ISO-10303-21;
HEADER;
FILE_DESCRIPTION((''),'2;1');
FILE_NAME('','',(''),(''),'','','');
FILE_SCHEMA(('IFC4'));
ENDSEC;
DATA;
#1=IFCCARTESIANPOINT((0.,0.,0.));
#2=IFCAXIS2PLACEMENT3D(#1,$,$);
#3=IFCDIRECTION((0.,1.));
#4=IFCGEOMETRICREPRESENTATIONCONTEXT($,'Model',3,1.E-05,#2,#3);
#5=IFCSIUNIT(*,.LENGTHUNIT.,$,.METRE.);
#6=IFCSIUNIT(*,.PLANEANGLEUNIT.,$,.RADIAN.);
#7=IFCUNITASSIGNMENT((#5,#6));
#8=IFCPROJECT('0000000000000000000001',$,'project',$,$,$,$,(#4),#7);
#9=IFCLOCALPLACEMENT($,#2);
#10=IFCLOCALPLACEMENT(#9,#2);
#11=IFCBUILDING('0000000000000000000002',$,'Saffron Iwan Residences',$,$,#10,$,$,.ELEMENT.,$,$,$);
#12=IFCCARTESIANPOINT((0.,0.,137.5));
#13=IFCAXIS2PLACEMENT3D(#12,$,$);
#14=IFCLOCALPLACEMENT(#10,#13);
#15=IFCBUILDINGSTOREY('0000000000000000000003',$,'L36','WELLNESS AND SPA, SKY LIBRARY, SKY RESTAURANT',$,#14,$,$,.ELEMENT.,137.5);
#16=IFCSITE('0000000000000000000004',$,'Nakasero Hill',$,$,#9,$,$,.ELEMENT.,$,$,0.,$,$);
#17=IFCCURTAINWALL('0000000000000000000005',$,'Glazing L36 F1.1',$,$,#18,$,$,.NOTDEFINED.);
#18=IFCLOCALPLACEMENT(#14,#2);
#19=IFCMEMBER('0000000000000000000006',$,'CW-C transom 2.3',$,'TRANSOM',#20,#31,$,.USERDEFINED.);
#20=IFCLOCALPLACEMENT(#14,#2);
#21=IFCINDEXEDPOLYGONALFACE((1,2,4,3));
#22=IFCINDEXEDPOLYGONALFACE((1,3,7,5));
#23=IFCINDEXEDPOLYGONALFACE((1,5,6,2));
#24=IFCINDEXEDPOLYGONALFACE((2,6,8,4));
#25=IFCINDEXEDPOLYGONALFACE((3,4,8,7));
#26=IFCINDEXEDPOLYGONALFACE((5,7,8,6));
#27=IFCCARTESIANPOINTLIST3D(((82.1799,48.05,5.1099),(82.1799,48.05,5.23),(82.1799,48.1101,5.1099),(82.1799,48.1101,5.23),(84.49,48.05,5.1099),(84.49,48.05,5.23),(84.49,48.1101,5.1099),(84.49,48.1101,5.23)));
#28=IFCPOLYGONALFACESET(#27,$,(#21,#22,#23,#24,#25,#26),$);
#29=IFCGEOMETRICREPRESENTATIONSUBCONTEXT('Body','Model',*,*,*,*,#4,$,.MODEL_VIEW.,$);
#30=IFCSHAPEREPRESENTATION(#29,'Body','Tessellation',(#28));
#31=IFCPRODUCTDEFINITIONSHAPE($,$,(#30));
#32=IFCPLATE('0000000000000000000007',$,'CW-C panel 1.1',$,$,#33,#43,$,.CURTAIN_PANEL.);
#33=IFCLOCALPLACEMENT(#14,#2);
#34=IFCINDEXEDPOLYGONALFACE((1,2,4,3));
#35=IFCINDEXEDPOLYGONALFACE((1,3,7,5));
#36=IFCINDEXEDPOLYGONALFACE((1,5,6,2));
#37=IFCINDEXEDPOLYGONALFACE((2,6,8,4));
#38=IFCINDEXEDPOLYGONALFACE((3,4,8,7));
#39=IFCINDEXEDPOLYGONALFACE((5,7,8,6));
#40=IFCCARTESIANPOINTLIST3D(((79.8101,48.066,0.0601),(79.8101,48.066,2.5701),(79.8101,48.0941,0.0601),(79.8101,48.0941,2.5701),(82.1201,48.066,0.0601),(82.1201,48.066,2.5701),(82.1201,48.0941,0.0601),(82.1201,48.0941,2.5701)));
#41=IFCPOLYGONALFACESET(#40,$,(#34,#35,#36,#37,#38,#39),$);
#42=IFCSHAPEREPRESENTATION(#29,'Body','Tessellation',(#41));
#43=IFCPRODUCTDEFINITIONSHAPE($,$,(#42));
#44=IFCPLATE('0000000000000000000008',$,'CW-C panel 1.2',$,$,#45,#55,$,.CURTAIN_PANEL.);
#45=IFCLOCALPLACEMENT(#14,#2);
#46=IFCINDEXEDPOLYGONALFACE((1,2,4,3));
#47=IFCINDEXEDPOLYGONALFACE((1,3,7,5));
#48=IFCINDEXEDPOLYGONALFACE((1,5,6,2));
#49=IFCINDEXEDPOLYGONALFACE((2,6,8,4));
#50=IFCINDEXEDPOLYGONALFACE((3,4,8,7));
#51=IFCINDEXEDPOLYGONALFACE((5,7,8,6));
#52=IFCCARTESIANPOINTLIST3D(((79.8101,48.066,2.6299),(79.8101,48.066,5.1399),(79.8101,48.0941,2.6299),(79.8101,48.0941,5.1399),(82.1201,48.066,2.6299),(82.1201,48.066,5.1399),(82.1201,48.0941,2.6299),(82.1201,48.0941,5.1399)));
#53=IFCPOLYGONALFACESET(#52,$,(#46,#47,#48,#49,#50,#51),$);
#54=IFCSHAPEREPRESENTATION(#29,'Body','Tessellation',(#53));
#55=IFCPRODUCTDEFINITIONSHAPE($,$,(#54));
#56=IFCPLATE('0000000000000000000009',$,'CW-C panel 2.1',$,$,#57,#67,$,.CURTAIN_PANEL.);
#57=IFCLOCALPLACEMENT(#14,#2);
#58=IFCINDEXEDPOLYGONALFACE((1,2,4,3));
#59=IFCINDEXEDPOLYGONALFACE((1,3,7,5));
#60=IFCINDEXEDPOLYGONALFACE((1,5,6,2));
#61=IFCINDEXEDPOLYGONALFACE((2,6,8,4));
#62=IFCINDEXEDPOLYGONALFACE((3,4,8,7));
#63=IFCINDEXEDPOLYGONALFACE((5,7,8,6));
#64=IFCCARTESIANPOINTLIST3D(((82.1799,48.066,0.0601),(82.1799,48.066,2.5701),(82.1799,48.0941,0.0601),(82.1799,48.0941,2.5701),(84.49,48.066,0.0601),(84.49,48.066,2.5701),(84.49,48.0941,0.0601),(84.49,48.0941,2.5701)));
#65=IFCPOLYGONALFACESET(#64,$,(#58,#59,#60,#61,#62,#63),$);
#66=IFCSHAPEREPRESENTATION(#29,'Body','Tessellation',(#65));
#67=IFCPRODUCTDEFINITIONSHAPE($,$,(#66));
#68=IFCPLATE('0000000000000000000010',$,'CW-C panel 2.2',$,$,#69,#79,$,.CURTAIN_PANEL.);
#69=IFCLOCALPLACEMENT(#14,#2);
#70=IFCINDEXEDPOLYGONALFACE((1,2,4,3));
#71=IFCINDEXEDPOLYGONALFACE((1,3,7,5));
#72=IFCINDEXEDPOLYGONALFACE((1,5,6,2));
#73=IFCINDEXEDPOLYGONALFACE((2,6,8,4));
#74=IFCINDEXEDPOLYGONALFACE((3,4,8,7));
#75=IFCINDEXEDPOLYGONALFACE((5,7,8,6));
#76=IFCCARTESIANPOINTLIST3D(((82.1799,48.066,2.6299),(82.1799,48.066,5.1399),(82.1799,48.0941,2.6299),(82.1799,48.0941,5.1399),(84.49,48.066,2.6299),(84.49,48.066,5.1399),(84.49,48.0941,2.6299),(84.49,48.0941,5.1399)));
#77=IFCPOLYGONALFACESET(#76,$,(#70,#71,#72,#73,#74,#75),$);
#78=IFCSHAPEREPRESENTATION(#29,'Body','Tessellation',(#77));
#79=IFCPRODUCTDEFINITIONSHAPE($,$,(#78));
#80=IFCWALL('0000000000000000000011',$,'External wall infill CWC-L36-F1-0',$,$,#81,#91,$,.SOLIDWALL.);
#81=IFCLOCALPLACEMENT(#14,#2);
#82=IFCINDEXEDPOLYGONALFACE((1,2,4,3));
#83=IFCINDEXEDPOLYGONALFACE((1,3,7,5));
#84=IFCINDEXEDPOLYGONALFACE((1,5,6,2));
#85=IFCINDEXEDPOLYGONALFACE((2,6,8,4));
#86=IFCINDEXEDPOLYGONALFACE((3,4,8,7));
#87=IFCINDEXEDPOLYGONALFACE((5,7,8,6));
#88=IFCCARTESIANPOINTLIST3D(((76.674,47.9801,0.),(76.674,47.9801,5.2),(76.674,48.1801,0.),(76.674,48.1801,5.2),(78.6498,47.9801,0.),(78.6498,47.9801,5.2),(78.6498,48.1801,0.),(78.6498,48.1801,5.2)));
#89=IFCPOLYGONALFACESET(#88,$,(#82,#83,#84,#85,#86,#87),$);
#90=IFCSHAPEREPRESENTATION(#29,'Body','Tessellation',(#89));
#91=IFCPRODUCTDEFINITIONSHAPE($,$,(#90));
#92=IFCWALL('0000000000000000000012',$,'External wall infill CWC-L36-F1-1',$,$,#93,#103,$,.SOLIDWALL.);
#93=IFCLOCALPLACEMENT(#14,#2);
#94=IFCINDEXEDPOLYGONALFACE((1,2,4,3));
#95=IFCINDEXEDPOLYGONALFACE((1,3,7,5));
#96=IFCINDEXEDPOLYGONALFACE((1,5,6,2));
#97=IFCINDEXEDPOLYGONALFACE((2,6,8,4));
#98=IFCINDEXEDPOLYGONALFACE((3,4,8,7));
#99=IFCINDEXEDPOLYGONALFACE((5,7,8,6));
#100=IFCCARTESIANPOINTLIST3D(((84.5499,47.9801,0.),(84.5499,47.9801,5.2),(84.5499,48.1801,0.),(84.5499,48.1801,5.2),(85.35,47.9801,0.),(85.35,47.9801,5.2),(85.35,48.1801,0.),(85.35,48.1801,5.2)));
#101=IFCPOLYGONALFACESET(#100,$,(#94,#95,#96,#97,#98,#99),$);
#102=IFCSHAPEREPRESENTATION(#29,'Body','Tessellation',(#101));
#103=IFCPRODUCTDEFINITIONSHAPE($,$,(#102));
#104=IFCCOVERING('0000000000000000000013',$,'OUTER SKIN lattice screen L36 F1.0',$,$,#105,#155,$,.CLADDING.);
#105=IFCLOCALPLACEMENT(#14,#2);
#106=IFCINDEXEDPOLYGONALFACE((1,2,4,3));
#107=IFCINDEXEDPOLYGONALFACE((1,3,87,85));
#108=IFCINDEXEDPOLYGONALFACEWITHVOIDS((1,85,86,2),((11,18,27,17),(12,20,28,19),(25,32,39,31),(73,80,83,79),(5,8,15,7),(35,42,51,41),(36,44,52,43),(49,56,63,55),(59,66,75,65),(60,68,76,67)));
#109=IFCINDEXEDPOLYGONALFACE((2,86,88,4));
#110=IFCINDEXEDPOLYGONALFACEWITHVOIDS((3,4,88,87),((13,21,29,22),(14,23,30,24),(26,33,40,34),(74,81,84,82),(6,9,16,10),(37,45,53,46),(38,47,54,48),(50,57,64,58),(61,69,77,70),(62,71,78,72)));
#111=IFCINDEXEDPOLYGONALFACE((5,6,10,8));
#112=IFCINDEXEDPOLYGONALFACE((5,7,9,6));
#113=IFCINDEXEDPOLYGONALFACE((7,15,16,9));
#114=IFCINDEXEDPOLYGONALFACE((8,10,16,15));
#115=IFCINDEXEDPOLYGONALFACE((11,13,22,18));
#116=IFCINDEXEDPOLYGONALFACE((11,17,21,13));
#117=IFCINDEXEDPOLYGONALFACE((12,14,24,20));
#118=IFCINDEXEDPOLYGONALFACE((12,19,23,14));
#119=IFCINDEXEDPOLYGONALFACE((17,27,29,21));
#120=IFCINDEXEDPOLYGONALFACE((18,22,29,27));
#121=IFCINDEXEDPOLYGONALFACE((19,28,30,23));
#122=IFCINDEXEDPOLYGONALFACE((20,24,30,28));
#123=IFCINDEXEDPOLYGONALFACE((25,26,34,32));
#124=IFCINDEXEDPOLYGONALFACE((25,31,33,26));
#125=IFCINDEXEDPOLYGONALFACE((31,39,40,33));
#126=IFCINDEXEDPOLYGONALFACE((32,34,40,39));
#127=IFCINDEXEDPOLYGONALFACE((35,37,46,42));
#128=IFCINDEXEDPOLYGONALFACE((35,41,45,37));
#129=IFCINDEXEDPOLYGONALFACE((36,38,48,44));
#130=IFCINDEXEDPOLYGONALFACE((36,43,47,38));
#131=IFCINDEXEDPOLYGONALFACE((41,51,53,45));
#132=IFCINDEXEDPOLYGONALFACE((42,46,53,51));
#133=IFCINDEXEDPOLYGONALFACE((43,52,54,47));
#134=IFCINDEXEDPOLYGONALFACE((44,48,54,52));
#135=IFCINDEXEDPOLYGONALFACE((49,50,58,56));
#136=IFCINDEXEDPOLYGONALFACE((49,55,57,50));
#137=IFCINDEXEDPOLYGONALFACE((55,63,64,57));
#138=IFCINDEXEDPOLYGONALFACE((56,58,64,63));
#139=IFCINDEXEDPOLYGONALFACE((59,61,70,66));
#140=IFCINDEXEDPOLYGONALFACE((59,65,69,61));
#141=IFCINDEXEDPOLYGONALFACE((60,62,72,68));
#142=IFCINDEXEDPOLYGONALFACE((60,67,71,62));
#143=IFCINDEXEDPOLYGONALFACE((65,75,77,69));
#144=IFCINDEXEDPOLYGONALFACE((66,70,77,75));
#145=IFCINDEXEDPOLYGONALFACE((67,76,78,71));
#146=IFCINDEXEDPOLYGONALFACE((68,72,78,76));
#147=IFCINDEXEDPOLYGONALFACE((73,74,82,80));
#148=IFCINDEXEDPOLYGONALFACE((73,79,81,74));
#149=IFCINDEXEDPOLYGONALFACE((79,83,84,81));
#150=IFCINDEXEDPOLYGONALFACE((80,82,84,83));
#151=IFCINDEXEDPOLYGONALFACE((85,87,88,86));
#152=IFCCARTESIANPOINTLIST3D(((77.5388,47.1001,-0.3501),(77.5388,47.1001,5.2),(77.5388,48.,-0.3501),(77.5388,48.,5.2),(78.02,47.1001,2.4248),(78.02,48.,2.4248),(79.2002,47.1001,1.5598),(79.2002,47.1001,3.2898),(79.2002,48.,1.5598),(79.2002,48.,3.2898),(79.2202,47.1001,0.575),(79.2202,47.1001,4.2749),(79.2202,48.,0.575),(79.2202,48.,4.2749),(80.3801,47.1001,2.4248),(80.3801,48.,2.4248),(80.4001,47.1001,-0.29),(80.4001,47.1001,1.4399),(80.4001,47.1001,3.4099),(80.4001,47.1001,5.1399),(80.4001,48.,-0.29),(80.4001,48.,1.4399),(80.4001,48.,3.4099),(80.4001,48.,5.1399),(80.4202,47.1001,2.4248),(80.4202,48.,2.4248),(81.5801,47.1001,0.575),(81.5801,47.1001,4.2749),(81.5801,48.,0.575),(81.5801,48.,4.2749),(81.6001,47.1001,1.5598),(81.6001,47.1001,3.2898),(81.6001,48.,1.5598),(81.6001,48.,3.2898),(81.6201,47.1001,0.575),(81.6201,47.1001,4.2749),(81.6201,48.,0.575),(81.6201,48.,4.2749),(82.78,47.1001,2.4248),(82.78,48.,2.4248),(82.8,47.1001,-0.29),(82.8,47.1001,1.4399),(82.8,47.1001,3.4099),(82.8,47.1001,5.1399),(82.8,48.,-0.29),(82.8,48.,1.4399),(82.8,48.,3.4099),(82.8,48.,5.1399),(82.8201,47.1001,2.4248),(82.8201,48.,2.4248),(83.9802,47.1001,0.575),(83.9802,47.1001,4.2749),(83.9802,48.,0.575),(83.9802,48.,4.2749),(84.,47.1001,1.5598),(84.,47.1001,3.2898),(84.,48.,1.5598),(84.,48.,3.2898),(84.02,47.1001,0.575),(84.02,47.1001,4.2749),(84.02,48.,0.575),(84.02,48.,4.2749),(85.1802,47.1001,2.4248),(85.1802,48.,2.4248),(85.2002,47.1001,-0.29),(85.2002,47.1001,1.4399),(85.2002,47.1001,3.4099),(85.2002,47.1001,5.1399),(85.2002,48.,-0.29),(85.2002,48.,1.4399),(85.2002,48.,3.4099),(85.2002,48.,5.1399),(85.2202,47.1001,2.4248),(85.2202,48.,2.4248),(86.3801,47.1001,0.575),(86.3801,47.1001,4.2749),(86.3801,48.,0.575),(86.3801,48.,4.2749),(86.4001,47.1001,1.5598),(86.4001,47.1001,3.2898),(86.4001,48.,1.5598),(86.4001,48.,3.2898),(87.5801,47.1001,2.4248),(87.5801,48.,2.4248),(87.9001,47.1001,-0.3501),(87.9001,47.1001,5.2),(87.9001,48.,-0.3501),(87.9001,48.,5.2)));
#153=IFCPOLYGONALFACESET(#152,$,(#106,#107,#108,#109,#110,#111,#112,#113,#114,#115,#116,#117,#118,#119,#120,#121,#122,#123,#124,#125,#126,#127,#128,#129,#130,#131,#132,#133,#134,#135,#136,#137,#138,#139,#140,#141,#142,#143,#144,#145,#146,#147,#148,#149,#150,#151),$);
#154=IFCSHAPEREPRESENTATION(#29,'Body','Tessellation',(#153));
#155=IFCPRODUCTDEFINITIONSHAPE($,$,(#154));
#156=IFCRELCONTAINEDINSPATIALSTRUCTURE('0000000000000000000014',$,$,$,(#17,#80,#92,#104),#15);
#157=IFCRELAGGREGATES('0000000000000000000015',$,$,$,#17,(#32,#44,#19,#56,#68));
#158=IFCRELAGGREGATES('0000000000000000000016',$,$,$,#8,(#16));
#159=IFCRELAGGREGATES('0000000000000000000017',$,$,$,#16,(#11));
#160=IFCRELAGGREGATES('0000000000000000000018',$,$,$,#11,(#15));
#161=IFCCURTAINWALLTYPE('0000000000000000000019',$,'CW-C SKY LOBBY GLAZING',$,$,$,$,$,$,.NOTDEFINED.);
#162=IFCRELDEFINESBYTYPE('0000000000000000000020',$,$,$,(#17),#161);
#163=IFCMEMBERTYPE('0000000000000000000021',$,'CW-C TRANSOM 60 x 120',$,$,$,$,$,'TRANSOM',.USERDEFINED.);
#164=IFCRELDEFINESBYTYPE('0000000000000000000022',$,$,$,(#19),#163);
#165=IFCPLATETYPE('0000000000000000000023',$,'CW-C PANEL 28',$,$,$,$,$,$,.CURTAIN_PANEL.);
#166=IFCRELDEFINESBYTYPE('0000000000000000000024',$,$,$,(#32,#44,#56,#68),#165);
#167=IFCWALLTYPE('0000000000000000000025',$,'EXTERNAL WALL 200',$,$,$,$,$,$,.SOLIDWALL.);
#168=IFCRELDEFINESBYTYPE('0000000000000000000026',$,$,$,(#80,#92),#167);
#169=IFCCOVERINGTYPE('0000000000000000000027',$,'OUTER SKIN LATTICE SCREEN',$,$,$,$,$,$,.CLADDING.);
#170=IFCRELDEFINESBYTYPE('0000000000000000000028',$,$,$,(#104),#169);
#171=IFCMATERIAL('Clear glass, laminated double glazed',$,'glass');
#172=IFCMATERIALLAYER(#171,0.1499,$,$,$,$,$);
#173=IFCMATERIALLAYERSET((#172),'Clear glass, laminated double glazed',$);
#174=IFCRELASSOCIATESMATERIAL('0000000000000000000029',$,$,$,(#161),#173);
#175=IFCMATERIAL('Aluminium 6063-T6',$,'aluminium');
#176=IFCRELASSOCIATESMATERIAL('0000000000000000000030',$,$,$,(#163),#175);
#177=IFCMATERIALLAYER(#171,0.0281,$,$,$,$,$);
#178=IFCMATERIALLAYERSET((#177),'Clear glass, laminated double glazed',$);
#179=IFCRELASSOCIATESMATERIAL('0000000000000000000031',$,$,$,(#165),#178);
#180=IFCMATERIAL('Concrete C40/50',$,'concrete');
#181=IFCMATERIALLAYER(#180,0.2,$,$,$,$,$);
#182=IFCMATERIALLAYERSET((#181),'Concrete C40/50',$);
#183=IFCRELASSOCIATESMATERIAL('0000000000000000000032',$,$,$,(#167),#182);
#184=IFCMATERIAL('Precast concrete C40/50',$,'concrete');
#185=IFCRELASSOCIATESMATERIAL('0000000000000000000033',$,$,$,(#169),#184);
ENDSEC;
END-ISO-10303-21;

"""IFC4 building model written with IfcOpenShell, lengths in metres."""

from ifc_helpers import new_model, si_unit, direction, frame, frame_2d, origin, origin_2d, place, context, subcontext, project, spatial, polyline, rectangle, outline, extrude, source, transform, mapped, material, layer, layer_set, material_profile, profile_set, type_object, element, aggregate, save


model = new_model("IFC4")

# Units and contexts
model_context = context("Model", 3, precision=1e-05, world=origin(), true_north=direction((0.0, 1.0)))
body_context = subcontext(model_context, "Body", "Model", "MODEL_VIEW")
ifc_project = project(units=[si_unit("LENGTHUNIT", "METRE"), si_unit("PLANEANGLEUNIT", "RADIAN")], contexts=[model_context])

# Site, building, storey
site_placement = place(None, origin())
site = spatial("IfcSite", under=ifc_project, at=site_placement, Name="Nakasero Hill", CompositionType="ELEMENT", RefElevation=0.0)
building_placement = place(site_placement, origin())
building = spatial("IfcBuilding", under=site, at=building_placement, Name="Saffron Iwan Residences", CompositionType="ELEMENT")
storey_placement = place(building_placement, frame((0.0, 0.0, 137.5)))
storey = spatial("IfcBuildingStorey", under=building, at=storey_placement, Name="L36", Description="WELLNESS AND SPA, SKY LIBRARY, SKY RESTAURANT", CompositionType="ELEMENT", Elevation=137.5)

# Shared definitions
ifc_material_1 = material(Name="Clear glass, laminated double glazed", Category="glass")
ifc_layer_1 = layer(ifc_material_1, 0.1499)
ifc_layer_set_1 = layer_set([ifc_layer_1], Name="Clear glass, laminated double glazed")
curtain_wall_type = type_object("IfcCurtainWallType", Name="CW-C SKY LOBBY GLAZING", PredefinedType="NOTDEFINED", material=ifc_layer_set_1)
ifc_material_2 = material(Name="Aluminium 6063-T6", Category="aluminium")

# Curtain wall, member, plates
curtain_wall_1_placement = place(storey_placement, origin())
curtain_wall_1 = element("IfcCurtainWall", 1, at=curtain_wall_1_placement, inside=storey, type_object=curtain_wall_type, Name="Glazing L36 F1.1", PredefinedType="NOTDEFINED")
ifc_material_profile_1 = material_profile(ifc_material_2, rectangle(XDim=0.0601, YDim=0.1201, at=origin_2d()), Name="CW-C TRANSOM 60 x 120")
ifc_profile_set_1 = profile_set([ifc_material_profile_1], Name="Aluminium 6063-T6")
member_type_1 = type_object("IfcMemberType", Name="CW-C TRANSOM 60 x 120", ElementType="TRANSOM", PredefinedType="USERDEFINED", material=ifc_profile_set_1)
shared_shape_1 = source(origin(), body_context, "Body", "SweptSolid", [
    extrude(rectangle(XDim=0.0601, YDim=0.1201, at=origin_2d()), origin(), (0.0, 0.0, 1.0), 2.3101),
])
member_1_placement = place(storey_placement, frame((82.1799, 48.0801, 5.1699), z_axis=(1.0, 0.0, 0.0), x_axis=(0.0, 1.0, 0.0)))
member_1 = element("IfcMember", 2, at=member_1_placement, type_object=member_type_1, Name="CW-C transom 2.3", ObjectType="TRANSOM", PredefinedType="USERDEFINED", context=body_context, shape_type="MappedRepresentation", body=[
    mapped(shared_shape_1, transform((0.0, 0.0, 0.0))),
])
ifc_layer_2 = layer(ifc_material_1, 0.0281)
ifc_layer_set_2 = layer_set([ifc_layer_2], Name="Clear glass, laminated double glazed")
plate_type = type_object("IfcPlateType", Name="CW-C PANEL 28", PredefinedType="CURTAIN_PANEL", material=ifc_layer_set_2)
shared_shape_2 = source(origin(), body_context, "Body", "SweptSolid", [
    extrude(rectangle(XDim=2.3101, YDim=0.0281, at=origin_2d()), origin(), (0.0, 0.0, 1.0), 2.51),
])
plate_1_placement = place(storey_placement, frame((80.9651, 48.0801, 0.0601), z_axis=(0.0, 0.0, 1.0), x_axis=(1.0, 0.0, 0.0)))
plate_1 = element("IfcPlate", 3, at=plate_1_placement, type_object=plate_type, Name="CW-C panel 1.1", PredefinedType="CURTAIN_PANEL", context=body_context, shape_type="MappedRepresentation", body=[
    mapped(shared_shape_2, transform((0.0, 0.0, 0.0))),
])
plate_2_placement = place(storey_placement, frame((80.9651, 48.0801, 2.6299), z_axis=(0.0, 0.0, 1.0), x_axis=(1.0, 0.0, 0.0)))
plate_2 = element("IfcPlate", 4, at=plate_2_placement, type_object=plate_type, Name="CW-C panel 1.2", PredefinedType="CURTAIN_PANEL", context=body_context, shape_type="MappedRepresentation", body=[
    mapped(shared_shape_2, transform((0.0, 0.0, 0.0))),
])
plate_3_placement = place(storey_placement, frame((83.335, 48.0801, 0.0601), z_axis=(0.0, 0.0, 1.0), x_axis=(1.0, 0.0, 0.0)))
plate_3 = element("IfcPlate", 5, at=plate_3_placement, type_object=plate_type, Name="CW-C panel 2.1", PredefinedType="CURTAIN_PANEL", context=body_context, shape_type="MappedRepresentation", body=[
    mapped(shared_shape_2, transform((0.0, 0.0, 0.0))),
])
plate_4_placement = place(storey_placement, frame((83.335, 48.0801, 2.6299), z_axis=(0.0, 0.0, 1.0), x_axis=(1.0, 0.0, 0.0)))
plate_4 = element("IfcPlate", 6, at=plate_4_placement, type_object=plate_type, Name="CW-C panel 2.2", PredefinedType="CURTAIN_PANEL", context=body_context, shape_type="MappedRepresentation", body=[
    mapped(shared_shape_2, transform((0.0, 0.0, 0.0))),
])
aggregate(curtain_wall_1, [plate_1, plate_2, member_1, plate_3, plate_4])

# Walls
ifc_material_3 = material(Name="Concrete C40/50", Category="concrete")
ifc_layer_3 = layer(ifc_material_3, 0.2)
ifc_layer_set_3 = layer_set([ifc_layer_3], Name="Concrete C40/50")
wall_type = type_object("IfcWallType", Name="EXTERNAL WALL 200", PredefinedType="SOLIDWALL", material=ifc_layer_set_3)
wall_1_placement = place(storey_placement, frame((76.6741, 48.0801, 0.0), z_axis=(0.0, 0.0, 1.0), x_axis=(1.0, 0.0, 0.0)))
element("IfcWall", 7, at=wall_1_placement, inside=storey, type_object=wall_type, Name="External wall infill CWC-L36-F1-0", PredefinedType="SOLIDWALL", context=body_context, shape_type="SweptSolid", body=[
    extrude(rectangle(XDim=1.9758, YDim=0.2, at=frame_2d((0.9878, 0.0))), origin(), (0.0, 0.0, 1.0), 5.2),
])
wall_2_placement = place(storey_placement, frame((84.55, 48.0801, 0.0), z_axis=(0.0, 0.0, 1.0), x_axis=(1.0, 0.0, 0.0)))
element("IfcWall", 8, at=wall_2_placement, inside=storey, type_object=wall_type, Name="External wall infill CWC-L36-F1-1", PredefinedType="SOLIDWALL", context=body_context, shape_type="SweptSolid", body=[
    extrude(rectangle(XDim=0.8, YDim=0.2, at=frame_2d((0.3999, 0.0))), origin(), (0.0, 0.0, 1.0), 5.2),
])

# Covering
ifc_material_4 = material(Name="Precast concrete C40/50", Category="concrete")
covering_type = type_object("IfcCoveringType", Name="OUTER SKIN LATTICE SCREEN", PredefinedType="CLADDING", material=ifc_material_4)
covering_placement = place(storey_placement, frame((77.5388, 48.0, -0.3501), z_axis=(0.0, -1.0, 0.0), x_axis=(1.0, 0.0, 0.0)))
element("IfcCovering", 9, at=covering_placement, inside=storey, type_object=covering_type, Name="OUTER SKIN lattice screen L36 F1.0", PredefinedType="CLADDING", context=body_context, shape_type="SweptSolid", body=[
    extrude(outline(polyline([(0.0, 0.0), (10.3613, 0.0), (10.3613, 5.55), (0.0, 5.55), (0.0, 0.0)]), holes=[polyline([(1.6814, 0.925), (2.8613, 0.0601), (4.0413, 0.925), (2.8613, 1.79), (1.6814, 0.925)]), polyline([(4.0813, 0.925), (5.2612, 0.0601), (6.4414, 0.925), (5.2612, 1.79), (4.0813, 0.925)]), polyline([(6.4812, 0.925), (7.6614, 0.0601), (8.8413, 0.925), (7.6614, 1.79), (6.4812, 0.925)]), polyline([(0.4812, 2.7749), (1.6614, 1.9099), (2.8413, 2.7749), (1.6614, 3.6399), (0.4812, 2.7749)]), polyline([(2.8813, 2.7749), (4.0613, 1.9099), (5.2412, 2.7749), (4.0613, 3.6399), (2.8813, 2.7749)]), polyline([(5.2812, 2.7749), (6.4612, 1.9099), (7.6414, 2.7749), (6.4612, 3.6399), (5.2812, 2.7749)]), polyline([(7.6814, 2.7749), (8.8613, 1.9099), (10.0413, 2.7749), (8.8613, 3.6399), (7.6814, 2.7749)]), polyline([(1.6814, 4.625), (2.8613, 3.76), (4.0413, 4.625), (2.8613, 5.49), (1.6814, 4.625)]), polyline([(4.0813, 4.625), (5.2612, 3.76), (6.4414, 4.625), (5.2612, 5.49), (4.0813, 4.625)]), polyline([(6.4812, 4.625), (7.6614, 3.76), (8.8413, 4.625), (7.6614, 5.49), (6.4812, 4.625)])]), origin(), (0.0, 0.0, 1.0), 0.8999),
])

save(model, "model.ifc")
